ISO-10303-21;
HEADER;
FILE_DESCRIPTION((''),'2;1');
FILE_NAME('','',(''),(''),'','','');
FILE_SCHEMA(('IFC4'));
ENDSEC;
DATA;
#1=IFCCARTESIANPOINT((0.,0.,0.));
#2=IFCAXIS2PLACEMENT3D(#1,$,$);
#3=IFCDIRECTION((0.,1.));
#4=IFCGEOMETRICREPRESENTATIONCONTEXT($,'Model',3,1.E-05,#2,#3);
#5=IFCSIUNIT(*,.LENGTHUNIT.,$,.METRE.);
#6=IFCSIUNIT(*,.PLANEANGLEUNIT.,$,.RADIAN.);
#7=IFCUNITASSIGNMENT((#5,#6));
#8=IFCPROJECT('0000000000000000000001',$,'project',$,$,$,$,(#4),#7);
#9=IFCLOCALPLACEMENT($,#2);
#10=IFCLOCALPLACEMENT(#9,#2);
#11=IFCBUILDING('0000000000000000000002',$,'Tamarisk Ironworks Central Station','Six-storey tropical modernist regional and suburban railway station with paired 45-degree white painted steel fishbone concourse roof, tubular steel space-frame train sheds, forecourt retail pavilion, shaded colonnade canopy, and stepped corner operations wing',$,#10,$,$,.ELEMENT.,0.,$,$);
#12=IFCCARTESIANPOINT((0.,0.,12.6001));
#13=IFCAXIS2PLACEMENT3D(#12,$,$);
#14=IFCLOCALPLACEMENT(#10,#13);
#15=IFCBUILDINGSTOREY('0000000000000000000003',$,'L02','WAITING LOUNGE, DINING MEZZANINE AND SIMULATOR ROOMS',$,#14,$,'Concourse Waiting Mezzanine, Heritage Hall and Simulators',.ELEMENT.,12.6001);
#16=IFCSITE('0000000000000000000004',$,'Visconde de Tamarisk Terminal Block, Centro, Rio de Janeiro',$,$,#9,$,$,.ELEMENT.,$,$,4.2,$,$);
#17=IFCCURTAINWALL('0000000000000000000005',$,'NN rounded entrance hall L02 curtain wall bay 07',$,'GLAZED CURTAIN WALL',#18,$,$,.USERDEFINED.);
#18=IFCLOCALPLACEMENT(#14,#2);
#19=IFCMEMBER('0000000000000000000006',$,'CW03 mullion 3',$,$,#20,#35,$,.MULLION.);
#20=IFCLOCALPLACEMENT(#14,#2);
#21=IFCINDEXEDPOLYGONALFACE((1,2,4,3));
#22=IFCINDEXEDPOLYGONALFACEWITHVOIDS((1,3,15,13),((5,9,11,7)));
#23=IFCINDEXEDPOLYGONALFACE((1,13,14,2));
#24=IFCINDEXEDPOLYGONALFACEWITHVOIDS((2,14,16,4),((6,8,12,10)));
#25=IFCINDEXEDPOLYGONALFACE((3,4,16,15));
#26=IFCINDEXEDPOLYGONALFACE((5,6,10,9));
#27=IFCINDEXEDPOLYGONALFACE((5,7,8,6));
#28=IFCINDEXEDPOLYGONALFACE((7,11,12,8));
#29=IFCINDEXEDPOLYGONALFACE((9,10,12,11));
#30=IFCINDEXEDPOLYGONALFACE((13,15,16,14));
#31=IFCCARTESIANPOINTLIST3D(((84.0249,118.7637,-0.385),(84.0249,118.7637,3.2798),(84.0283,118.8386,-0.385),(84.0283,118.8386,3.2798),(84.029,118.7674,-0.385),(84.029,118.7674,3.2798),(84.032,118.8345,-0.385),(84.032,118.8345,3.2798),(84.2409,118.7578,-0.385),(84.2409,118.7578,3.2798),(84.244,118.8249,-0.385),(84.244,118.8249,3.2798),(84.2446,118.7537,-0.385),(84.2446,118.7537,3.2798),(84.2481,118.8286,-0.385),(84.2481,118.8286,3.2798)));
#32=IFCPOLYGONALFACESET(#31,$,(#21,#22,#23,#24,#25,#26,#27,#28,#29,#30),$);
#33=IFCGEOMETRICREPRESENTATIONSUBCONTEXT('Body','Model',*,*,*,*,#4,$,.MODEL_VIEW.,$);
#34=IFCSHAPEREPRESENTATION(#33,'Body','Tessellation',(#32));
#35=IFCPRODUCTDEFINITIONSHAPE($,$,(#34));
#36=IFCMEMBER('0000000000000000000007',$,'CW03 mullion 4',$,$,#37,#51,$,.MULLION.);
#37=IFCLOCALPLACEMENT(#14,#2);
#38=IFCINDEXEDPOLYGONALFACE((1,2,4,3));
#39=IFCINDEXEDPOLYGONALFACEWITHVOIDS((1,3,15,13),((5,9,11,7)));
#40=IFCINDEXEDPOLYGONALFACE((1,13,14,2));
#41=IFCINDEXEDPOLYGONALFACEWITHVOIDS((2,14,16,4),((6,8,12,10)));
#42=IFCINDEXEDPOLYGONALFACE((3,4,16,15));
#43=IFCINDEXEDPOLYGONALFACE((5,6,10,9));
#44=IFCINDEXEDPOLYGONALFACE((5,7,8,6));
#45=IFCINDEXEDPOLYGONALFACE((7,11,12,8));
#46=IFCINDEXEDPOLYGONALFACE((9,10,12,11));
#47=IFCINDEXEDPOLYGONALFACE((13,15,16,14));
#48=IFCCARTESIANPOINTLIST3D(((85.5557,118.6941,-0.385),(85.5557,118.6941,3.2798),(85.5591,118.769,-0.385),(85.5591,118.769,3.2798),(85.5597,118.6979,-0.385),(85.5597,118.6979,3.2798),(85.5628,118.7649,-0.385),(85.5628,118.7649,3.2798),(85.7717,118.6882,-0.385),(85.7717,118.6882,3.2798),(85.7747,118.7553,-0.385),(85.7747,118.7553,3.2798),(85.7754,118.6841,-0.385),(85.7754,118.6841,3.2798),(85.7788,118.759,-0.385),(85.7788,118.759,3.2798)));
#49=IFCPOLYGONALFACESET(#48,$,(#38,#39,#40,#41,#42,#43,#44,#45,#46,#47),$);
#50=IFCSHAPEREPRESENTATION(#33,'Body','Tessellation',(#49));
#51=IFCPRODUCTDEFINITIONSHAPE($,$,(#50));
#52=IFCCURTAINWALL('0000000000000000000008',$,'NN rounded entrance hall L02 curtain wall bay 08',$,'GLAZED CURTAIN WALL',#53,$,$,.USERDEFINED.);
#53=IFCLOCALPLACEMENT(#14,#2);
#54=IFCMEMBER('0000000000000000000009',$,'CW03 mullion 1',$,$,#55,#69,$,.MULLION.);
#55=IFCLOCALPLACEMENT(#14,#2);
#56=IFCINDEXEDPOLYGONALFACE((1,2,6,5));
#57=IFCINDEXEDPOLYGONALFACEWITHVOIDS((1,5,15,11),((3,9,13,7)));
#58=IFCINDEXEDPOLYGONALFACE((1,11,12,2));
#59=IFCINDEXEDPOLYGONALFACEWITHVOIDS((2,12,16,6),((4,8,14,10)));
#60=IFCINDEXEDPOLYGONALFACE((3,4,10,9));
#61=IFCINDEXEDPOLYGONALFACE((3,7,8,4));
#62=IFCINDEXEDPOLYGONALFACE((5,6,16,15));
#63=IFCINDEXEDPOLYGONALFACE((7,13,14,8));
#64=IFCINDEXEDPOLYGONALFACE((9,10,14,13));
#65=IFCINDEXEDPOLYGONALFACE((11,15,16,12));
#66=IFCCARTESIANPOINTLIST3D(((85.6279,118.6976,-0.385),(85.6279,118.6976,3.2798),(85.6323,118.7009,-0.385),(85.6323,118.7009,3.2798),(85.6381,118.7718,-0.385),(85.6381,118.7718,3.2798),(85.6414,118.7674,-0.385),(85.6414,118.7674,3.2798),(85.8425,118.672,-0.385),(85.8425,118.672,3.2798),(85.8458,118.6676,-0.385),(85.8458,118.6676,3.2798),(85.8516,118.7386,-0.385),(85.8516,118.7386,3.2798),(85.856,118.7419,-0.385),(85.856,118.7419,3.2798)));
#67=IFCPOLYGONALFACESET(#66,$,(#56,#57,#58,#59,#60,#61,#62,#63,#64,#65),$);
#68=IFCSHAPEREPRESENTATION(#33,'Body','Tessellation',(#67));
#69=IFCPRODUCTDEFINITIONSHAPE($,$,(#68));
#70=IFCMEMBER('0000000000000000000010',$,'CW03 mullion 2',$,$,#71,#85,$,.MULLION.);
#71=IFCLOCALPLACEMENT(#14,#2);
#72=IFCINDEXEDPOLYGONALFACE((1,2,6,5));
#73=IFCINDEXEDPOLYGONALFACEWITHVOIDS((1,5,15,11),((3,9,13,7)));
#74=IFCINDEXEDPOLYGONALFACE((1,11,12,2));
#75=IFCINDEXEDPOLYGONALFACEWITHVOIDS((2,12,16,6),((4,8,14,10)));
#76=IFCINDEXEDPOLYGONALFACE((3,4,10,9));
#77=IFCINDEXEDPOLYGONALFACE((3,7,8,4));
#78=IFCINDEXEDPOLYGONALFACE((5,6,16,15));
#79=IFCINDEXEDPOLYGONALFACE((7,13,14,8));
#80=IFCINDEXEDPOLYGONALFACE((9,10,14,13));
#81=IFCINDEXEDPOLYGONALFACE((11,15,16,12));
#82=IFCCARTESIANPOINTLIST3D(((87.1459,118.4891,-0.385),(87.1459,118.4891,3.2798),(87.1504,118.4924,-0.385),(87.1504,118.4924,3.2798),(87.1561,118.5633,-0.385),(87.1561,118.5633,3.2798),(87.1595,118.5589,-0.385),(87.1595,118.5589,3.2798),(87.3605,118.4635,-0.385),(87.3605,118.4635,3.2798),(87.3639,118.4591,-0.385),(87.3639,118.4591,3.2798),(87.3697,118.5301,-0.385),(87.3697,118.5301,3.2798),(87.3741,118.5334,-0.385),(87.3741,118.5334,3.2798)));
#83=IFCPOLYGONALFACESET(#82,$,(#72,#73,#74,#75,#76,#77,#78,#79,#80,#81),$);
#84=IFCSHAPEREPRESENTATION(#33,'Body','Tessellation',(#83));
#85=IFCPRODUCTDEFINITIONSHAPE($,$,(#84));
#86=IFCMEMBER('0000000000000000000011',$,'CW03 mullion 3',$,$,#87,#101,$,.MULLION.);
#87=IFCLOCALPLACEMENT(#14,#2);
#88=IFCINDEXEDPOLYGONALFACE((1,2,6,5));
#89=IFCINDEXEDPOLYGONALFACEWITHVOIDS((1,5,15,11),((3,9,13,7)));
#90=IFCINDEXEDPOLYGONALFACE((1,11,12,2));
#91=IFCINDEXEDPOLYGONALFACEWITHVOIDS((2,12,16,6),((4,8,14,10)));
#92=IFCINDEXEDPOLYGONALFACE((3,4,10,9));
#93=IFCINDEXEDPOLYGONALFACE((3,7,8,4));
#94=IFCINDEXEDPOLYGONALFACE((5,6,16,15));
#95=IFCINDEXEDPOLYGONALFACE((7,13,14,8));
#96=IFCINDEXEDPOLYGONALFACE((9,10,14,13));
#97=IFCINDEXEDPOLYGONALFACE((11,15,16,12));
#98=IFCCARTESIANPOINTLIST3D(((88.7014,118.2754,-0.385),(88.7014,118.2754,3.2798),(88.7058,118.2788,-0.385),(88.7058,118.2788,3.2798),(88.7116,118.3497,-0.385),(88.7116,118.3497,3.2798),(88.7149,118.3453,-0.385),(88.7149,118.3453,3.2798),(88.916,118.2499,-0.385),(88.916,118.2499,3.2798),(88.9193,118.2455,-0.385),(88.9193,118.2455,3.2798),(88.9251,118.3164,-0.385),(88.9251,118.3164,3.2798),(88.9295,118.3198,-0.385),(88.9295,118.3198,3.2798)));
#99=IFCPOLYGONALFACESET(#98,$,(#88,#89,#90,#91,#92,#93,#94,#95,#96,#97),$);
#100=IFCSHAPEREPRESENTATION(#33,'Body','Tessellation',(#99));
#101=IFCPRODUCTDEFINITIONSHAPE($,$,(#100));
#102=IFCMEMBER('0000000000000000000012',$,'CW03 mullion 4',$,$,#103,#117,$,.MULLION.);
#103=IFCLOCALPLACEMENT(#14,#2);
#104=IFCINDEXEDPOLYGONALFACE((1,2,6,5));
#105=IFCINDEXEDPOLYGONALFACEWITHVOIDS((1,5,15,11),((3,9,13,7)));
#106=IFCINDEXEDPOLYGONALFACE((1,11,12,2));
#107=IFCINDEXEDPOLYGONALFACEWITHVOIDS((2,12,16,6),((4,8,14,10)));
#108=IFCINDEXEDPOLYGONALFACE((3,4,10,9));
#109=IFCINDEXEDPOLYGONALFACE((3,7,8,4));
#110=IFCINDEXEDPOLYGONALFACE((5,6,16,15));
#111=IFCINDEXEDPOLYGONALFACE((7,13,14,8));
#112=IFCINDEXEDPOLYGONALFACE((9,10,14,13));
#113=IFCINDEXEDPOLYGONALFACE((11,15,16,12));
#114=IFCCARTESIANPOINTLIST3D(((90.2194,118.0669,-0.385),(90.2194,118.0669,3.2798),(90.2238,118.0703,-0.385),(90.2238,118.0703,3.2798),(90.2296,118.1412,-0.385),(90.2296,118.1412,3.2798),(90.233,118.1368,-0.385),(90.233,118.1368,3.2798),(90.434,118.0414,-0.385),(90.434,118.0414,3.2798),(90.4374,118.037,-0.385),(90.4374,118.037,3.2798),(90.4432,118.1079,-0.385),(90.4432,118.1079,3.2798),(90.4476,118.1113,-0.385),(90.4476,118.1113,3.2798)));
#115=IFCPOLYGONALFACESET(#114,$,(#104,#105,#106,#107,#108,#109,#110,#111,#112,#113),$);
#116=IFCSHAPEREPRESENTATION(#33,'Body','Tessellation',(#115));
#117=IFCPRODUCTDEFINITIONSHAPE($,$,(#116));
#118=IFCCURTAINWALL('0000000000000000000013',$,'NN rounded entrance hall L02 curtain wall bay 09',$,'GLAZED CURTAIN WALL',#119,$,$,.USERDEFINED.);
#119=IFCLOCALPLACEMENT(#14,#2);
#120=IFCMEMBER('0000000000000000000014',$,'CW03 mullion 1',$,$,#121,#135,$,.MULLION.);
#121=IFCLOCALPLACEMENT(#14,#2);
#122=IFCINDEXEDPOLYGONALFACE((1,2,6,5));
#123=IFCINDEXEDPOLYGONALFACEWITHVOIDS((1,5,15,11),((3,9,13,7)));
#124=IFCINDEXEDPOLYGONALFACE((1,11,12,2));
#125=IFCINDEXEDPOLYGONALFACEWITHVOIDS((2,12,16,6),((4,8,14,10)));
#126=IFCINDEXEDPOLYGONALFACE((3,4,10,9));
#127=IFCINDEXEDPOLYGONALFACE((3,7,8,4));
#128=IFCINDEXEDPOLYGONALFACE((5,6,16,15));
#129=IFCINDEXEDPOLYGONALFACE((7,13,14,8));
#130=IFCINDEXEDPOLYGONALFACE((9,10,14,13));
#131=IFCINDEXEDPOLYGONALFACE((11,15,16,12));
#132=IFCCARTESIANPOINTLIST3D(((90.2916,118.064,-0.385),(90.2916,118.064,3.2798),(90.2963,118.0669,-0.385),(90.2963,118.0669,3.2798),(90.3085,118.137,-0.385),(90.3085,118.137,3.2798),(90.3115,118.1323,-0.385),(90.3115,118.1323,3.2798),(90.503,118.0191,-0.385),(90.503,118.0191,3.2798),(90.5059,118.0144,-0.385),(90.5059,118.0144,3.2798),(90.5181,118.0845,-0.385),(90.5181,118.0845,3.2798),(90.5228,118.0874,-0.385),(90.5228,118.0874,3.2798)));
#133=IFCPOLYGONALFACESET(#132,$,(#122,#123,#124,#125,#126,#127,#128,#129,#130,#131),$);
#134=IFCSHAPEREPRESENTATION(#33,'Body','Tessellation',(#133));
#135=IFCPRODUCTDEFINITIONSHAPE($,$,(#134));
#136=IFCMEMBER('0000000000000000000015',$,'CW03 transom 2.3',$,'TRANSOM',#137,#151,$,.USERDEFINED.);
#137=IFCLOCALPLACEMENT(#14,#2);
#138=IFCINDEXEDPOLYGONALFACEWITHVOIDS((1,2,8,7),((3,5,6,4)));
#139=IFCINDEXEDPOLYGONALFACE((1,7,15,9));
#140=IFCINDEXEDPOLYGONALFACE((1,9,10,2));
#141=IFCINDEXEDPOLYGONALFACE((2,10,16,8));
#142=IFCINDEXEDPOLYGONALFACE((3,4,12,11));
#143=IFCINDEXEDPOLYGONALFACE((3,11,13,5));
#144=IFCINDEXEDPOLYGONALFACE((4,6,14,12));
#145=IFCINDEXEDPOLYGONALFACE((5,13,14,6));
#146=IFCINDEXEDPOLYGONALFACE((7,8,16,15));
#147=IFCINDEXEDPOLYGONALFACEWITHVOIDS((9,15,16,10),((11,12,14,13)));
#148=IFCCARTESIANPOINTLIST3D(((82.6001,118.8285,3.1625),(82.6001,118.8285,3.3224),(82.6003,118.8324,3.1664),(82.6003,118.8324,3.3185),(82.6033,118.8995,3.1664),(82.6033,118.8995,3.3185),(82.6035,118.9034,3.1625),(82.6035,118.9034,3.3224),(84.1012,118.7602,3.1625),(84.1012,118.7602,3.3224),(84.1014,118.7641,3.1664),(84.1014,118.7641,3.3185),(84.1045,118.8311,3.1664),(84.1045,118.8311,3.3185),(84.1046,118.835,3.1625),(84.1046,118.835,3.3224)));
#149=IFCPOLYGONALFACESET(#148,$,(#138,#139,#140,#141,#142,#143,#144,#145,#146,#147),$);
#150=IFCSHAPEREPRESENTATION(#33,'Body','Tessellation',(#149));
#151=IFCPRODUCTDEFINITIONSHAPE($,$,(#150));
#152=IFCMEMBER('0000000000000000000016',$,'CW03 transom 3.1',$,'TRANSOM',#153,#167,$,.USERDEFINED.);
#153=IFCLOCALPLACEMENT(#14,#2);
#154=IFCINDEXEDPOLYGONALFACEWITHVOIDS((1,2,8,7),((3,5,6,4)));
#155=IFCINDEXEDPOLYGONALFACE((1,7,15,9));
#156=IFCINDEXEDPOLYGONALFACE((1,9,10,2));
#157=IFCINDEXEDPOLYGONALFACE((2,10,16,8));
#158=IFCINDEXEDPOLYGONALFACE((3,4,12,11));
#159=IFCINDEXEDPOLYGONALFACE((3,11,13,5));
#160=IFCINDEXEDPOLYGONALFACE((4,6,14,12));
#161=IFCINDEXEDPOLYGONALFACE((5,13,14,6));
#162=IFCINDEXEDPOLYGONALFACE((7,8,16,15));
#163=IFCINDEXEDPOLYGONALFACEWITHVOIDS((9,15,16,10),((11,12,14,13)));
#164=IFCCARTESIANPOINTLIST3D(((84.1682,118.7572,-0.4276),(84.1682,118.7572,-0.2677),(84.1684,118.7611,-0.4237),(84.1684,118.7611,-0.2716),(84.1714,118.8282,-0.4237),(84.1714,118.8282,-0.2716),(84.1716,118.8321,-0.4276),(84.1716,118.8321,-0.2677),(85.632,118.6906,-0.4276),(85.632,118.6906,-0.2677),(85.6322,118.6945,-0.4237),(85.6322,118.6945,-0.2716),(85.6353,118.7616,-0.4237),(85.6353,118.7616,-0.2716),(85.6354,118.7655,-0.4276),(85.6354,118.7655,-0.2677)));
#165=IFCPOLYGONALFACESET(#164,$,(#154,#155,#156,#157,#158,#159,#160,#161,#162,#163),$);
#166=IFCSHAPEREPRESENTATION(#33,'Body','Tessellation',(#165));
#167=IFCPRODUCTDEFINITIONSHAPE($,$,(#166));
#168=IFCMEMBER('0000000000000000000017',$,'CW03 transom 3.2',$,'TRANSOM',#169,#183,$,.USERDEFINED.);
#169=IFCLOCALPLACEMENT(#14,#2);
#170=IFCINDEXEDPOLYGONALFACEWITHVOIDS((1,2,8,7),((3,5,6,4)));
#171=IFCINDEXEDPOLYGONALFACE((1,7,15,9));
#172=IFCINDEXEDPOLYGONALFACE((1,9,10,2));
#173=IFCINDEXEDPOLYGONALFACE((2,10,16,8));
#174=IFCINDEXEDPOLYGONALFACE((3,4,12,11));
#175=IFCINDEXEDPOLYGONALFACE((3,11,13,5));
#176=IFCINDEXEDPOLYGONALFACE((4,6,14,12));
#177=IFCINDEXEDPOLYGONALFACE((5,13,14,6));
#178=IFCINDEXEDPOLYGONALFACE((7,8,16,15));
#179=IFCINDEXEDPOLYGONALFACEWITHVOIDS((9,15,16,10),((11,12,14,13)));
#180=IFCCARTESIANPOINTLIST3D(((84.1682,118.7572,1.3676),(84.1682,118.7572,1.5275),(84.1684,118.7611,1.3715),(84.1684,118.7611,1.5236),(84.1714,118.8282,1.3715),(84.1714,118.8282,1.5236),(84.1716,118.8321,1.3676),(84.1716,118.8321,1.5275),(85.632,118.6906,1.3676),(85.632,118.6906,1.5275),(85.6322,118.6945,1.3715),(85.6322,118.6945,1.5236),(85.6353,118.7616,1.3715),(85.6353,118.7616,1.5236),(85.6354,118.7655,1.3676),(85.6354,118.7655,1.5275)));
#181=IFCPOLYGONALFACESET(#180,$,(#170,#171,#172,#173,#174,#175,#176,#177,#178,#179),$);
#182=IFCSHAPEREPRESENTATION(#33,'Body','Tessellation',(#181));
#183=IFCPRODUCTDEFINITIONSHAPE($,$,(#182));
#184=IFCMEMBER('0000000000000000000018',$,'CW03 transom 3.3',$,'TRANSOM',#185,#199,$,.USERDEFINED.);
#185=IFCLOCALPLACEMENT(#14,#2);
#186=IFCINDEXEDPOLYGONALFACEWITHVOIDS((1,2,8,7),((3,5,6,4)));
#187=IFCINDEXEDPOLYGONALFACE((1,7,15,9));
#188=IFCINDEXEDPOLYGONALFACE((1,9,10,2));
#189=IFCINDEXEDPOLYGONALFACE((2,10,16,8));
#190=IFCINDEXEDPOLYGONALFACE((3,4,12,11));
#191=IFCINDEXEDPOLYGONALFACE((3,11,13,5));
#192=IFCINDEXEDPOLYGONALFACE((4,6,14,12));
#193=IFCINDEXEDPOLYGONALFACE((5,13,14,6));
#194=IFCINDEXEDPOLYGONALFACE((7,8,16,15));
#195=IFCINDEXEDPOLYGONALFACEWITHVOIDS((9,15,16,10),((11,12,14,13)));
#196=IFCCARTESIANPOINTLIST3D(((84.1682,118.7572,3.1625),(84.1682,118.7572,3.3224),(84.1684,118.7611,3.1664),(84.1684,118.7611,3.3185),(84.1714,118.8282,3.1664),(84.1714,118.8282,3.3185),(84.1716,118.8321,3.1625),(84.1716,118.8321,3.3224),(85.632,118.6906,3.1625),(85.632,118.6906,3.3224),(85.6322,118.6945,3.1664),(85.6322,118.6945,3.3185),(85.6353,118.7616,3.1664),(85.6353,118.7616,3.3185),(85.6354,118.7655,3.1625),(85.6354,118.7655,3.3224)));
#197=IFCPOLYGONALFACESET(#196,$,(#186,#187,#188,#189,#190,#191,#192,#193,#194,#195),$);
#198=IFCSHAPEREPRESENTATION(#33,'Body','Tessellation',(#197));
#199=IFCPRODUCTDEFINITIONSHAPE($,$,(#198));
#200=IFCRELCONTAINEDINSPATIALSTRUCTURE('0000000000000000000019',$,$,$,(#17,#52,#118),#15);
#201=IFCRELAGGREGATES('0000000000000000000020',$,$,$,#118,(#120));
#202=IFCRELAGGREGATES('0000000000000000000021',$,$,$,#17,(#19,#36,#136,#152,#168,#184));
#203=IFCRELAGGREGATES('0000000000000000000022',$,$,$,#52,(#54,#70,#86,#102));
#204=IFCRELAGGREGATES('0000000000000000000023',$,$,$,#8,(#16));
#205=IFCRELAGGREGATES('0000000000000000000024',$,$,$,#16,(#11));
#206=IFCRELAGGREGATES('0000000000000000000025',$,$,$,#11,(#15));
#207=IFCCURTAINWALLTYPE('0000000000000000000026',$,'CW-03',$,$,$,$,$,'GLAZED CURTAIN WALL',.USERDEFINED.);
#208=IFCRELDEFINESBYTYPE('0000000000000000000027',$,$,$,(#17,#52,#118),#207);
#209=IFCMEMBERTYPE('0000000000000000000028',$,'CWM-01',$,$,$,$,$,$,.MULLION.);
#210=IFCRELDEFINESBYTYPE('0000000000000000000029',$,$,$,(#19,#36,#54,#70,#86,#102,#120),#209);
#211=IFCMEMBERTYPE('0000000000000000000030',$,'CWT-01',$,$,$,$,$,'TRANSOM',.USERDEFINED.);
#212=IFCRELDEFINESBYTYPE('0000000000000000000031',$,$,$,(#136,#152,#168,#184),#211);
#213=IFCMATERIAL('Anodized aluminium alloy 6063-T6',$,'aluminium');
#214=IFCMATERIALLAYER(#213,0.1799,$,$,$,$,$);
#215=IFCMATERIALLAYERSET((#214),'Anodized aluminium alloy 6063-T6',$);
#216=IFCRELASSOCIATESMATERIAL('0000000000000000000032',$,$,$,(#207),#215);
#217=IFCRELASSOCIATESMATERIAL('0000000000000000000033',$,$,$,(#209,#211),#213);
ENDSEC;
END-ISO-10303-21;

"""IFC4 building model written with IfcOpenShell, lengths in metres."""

from ifc_helpers import new_model, si_unit, direction, frame, origin, origin_2d, place, context, subcontext, project, spatial, hollow_rectangle, extrude, material, layer, layer_set, material_profile, profile_set, type_object, element, aggregate, save


model = new_model("IFC4")

# Units and contexts
model_context = context("Model", 3, precision=1e-05, world=origin(), true_north=direction((0.0, 1.0)))
body_context = subcontext(model_context, "Body", "Model", "MODEL_VIEW")
ifc_project = project(units=[si_unit("LENGTHUNIT", "METRE"), si_unit("PLANEANGLEUNIT", "RADIAN")], contexts=[model_context])

# Site, building, storey
site_placement = place(None, origin())
site = spatial("IfcSite", under=ifc_project, at=site_placement, Name="Visconde de Tamarisk Terminal Block, Centro, Rio de Janeiro", CompositionType="ELEMENT", RefElevation=4.2)
building_placement = place(site_placement, origin())
building = spatial("IfcBuilding", under=site, at=building_placement, Name="Tamarisk Ironworks Central Station", Description="Six-storey tropical modernist regional and suburban railway station with paired 45-degree white painted steel fishbone concourse roof, tubular steel space-frame train sheds, forecourt retail pavilion, shaded colonnade canopy, and stepped corner operations wing", CompositionType="ELEMENT", ElevationOfRefHeight=0.0)
storey_placement = place(building_placement, frame((0.0, 0.0, 12.6001)))
storey = spatial("IfcBuildingStorey", under=building, at=storey_placement, Name="L02", Description="WAITING LOUNGE, DINING MEZZANINE AND SIMULATOR ROOMS", LongName="Concourse Waiting Mezzanine, Heritage Hall and Simulators", CompositionType="ELEMENT", Elevation=12.6001)

# Curtain walls, members
ifc_material_1 = material(Name="Anodized aluminium alloy 6063-T6", Category="aluminium")
ifc_layer_1 = layer(ifc_material_1, 0.1799)
ifc_layer_set_1 = layer_set([ifc_layer_1], Name="Anodized aluminium alloy 6063-T6")
curtain_wall_type = type_object("IfcCurtainWallType", Name="CW-03", ElementType="GLAZED CURTAIN WALL", PredefinedType="USERDEFINED", material=ifc_layer_set_1)
curtain_wall_1_placement = place(storey_placement, origin())
curtain_wall_1 = element("IfcCurtainWall", 1, at=curtain_wall_1_placement, inside=storey, type_object=curtain_wall_type, Name="NN rounded entrance hall L02 curtain wall bay 07", ObjectType="GLAZED CURTAIN WALL", PredefinedType="USERDEFINED")
ifc_material_profile_1 = material_profile(ifc_material_1, hollow_rectangle(XDim=0.075, YDim=0.22, WallThickness=0.0039, at=origin_2d()), Name="ALUM 220x75")
ifc_profile_set_1 = profile_set([ifc_material_profile_1], Name="Anodized aluminium alloy 6063-T6")
member_type_1 = type_object("IfcMemberType", Name="CWM-01", PredefinedType="MULLION", material=ifc_profile_set_1)
member_1_placement = place(storey_placement, frame((84.1365, 118.7961, -0.385), z_axis=(0.0, 0.0, 1.0), x_axis=(0.045481, 0.998965, 0.0)))
member_1 = element("IfcMember", 2, at=member_1_placement, type_object=member_type_1, Name="CW03 mullion 3", PredefinedType="MULLION", context=body_context, shape_type="SweptSolid", body=[
    extrude(hollow_rectangle(XDim=0.075, YDim=0.22, WallThickness=0.0039, at=origin_2d()), origin(), (0.0, 0.0, 1.0), 3.6648),
])
member_2_placement = place(storey_placement, frame((85.6672, 118.7266, -0.385), z_axis=(0.0, 0.0, 1.0), x_axis=(0.045481, 0.998965, 0.0)))
member_2 = element("IfcMember", 3, at=member_2_placement, type_object=member_type_1, Name="CW03 mullion 4", PredefinedType="MULLION", context=body_context, shape_type="SweptSolid", body=[
    extrude(hollow_rectangle(XDim=0.075, YDim=0.22, WallThickness=0.0039, at=origin_2d()), origin(), (0.0, 0.0, 1.0), 3.6648),
])
curtain_wall_2_placement = place(storey_placement, origin())
curtain_wall_2 = element("IfcCurtainWall", 4, at=curtain_wall_2_placement, inside=storey, type_object=curtain_wall_type, Name="NN rounded entrance hall L02 curtain wall bay 08", ObjectType="GLAZED CURTAIN WALL", PredefinedType="USERDEFINED")
member_3_placement = place(storey_placement, frame((85.7419, 118.7197, -0.385), z_axis=(0.0, 0.0, 1.0), x_axis=(0.136042, 0.990703, 0.0)))
member_3 = element("IfcMember", 5, at=member_3_placement, type_object=member_type_1, Name="CW03 mullion 1", PredefinedType="MULLION", context=body_context, shape_type="SweptSolid", body=[
    extrude(hollow_rectangle(XDim=0.075, YDim=0.22, WallThickness=0.0039, at=origin_2d()), origin(), (0.0, 0.0, 1.0), 3.6648),
])
member_4_placement = place(storey_placement, frame((87.26, 118.5112, -0.385), z_axis=(0.0, 0.0, 1.0), x_axis=(0.136042, 0.990703, 0.0)))
member_4 = element("IfcMember", 6, at=member_4_placement, type_object=member_type_1, Name="CW03 mullion 2", PredefinedType="MULLION", context=body_context, shape_type="SweptSolid", body=[
    extrude(hollow_rectangle(XDim=0.075, YDim=0.22, WallThickness=0.0039, at=origin_2d()), origin(), (0.0, 0.0, 1.0), 3.6648),
])
member_5_placement = place(storey_placement, frame((88.8154, 118.2976, -0.385), z_axis=(0.0, 0.0, 1.0), x_axis=(0.136042, 0.990703, 0.0)))
member_5 = element("IfcMember", 7, at=member_5_placement, type_object=member_type_1, Name="CW03 mullion 3", PredefinedType="MULLION", context=body_context, shape_type="SweptSolid", body=[
    extrude(hollow_rectangle(XDim=0.075, YDim=0.22, WallThickness=0.0039, at=origin_2d()), origin(), (0.0, 0.0, 1.0), 3.6648),
])
member_6_placement = place(storey_placement, frame((90.3335, 118.0891, -0.385), z_axis=(0.0, 0.0, 1.0), x_axis=(0.136042, 0.990703, 0.0)))
member_6 = element("IfcMember", 8, at=member_6_placement, type_object=member_type_1, Name="CW03 mullion 4", PredefinedType="MULLION", context=body_context, shape_type="SweptSolid", body=[
    extrude(hollow_rectangle(XDim=0.075, YDim=0.22, WallThickness=0.0039, at=origin_2d()), origin(), (0.0, 0.0, 1.0), 3.6648),
])

# Curtain wall, member
curtain_wall_3_placement = place(storey_placement, origin())
curtain_wall_3 = element("IfcCurtainWall", 9, at=curtain_wall_3_placement, inside=storey, type_object=curtain_wall_type, Name="NN rounded entrance hall L02 curtain wall bay 09", ObjectType="GLAZED CURTAIN WALL", PredefinedType="USERDEFINED")
member_7_placement = place(storey_placement, frame((90.4072, 118.0757, -0.385), z_axis=(0.0, 0.0, 1.0), x_axis=(0.225517, 0.974239, 0.0)))
member_7 = element("IfcMember", 10, at=member_7_placement, type_object=member_type_1, Name="CW03 mullion 1", PredefinedType="MULLION", context=body_context, shape_type="SweptSolid", body=[
    extrude(hollow_rectangle(XDim=0.075, YDim=0.22, WallThickness=0.0039, at=origin_2d()), origin(), (0.0, 0.0, 1.0), 3.6648),
])
aggregate(curtain_wall_3, [member_7])

# Members
ifc_material_profile_2 = material_profile(ifc_material_1, hollow_rectangle(XDim=0.075, YDim=0.1599, WallThickness=0.0039, at=origin_2d()), Name="ALUM 160x75")
ifc_profile_set_2 = profile_set([ifc_material_profile_2], Name="Anodized aluminium alloy 6063-T6")
member_type_2 = type_object("IfcMemberType", Name="CWT-01", ElementType="TRANSOM", PredefinedType="USERDEFINED", material=ifc_profile_set_2)
member_8_placement = place(storey_placement, frame((82.6018, 118.866, 3.2424), z_axis=(0.998965, -0.045489, 0.0), x_axis=(0.045489, 0.998965, 0.0)))
member_8 = element("IfcMember", 11, at=member_8_placement, type_object=member_type_2, Name="CW03 transom 2.3", ObjectType="TRANSOM", PredefinedType="USERDEFINED", context=body_context, shape_type="SweptSolid", body=[
    extrude(hollow_rectangle(XDim=0.075, YDim=0.1599, WallThickness=0.0039, at=origin_2d()), origin(), (0.0, 0.0, 1.0), 1.5027),
])
member_9_placement = place(storey_placement, frame((84.1699, 118.7947, -0.3477), z_axis=(0.998965, -0.045483, 0.0), x_axis=(0.045483, 0.998965, 0.0)))
member_9 = element("IfcMember", 12, at=member_9_placement, type_object=member_type_2, Name="CW03 transom 3.1", ObjectType="TRANSOM", PredefinedType="USERDEFINED", context=body_context, shape_type="SweptSolid", body=[
    extrude(hollow_rectangle(XDim=0.075, YDim=0.1599, WallThickness=0.0039, at=origin_2d()), origin(), (0.0, 0.0, 1.0), 1.4653),
])
member_10_placement = place(storey_placement, frame((84.1699, 118.7947, 1.4475), z_axis=(0.998965, -0.045483, 0.0), x_axis=(0.045483, 0.998965, 0.0)))
member_10 = element("IfcMember", 13, at=member_10_placement, type_object=member_type_2, Name="CW03 transom 3.2", ObjectType="TRANSOM", PredefinedType="USERDEFINED", context=body_context, shape_type="SweptSolid", body=[
    extrude(hollow_rectangle(XDim=0.075, YDim=0.1599, WallThickness=0.0039, at=origin_2d()), origin(), (0.0, 0.0, 1.0), 1.4653),
])
member_11_placement = place(storey_placement, frame((84.1699, 118.7947, 3.2424), z_axis=(0.998965, -0.045483, 0.0), x_axis=(0.045483, 0.998965, 0.0)))
member_11 = element("IfcMember", 14, at=member_11_placement, type_object=member_type_2, Name="CW03 transom 3.3", ObjectType="TRANSOM", PredefinedType="USERDEFINED", context=body_context, shape_type="SweptSolid", body=[
    extrude(hollow_rectangle(XDim=0.075, YDim=0.1599, WallThickness=0.0039, at=origin_2d()), origin(), (0.0, 0.0, 1.0), 1.4653),
])

aggregate(curtain_wall_1, [member_1, member_2, member_8, member_9, member_10, member_11])
aggregate(curtain_wall_2, [member_3, member_4, member_5, member_6])

save(model, "model.ifc")
